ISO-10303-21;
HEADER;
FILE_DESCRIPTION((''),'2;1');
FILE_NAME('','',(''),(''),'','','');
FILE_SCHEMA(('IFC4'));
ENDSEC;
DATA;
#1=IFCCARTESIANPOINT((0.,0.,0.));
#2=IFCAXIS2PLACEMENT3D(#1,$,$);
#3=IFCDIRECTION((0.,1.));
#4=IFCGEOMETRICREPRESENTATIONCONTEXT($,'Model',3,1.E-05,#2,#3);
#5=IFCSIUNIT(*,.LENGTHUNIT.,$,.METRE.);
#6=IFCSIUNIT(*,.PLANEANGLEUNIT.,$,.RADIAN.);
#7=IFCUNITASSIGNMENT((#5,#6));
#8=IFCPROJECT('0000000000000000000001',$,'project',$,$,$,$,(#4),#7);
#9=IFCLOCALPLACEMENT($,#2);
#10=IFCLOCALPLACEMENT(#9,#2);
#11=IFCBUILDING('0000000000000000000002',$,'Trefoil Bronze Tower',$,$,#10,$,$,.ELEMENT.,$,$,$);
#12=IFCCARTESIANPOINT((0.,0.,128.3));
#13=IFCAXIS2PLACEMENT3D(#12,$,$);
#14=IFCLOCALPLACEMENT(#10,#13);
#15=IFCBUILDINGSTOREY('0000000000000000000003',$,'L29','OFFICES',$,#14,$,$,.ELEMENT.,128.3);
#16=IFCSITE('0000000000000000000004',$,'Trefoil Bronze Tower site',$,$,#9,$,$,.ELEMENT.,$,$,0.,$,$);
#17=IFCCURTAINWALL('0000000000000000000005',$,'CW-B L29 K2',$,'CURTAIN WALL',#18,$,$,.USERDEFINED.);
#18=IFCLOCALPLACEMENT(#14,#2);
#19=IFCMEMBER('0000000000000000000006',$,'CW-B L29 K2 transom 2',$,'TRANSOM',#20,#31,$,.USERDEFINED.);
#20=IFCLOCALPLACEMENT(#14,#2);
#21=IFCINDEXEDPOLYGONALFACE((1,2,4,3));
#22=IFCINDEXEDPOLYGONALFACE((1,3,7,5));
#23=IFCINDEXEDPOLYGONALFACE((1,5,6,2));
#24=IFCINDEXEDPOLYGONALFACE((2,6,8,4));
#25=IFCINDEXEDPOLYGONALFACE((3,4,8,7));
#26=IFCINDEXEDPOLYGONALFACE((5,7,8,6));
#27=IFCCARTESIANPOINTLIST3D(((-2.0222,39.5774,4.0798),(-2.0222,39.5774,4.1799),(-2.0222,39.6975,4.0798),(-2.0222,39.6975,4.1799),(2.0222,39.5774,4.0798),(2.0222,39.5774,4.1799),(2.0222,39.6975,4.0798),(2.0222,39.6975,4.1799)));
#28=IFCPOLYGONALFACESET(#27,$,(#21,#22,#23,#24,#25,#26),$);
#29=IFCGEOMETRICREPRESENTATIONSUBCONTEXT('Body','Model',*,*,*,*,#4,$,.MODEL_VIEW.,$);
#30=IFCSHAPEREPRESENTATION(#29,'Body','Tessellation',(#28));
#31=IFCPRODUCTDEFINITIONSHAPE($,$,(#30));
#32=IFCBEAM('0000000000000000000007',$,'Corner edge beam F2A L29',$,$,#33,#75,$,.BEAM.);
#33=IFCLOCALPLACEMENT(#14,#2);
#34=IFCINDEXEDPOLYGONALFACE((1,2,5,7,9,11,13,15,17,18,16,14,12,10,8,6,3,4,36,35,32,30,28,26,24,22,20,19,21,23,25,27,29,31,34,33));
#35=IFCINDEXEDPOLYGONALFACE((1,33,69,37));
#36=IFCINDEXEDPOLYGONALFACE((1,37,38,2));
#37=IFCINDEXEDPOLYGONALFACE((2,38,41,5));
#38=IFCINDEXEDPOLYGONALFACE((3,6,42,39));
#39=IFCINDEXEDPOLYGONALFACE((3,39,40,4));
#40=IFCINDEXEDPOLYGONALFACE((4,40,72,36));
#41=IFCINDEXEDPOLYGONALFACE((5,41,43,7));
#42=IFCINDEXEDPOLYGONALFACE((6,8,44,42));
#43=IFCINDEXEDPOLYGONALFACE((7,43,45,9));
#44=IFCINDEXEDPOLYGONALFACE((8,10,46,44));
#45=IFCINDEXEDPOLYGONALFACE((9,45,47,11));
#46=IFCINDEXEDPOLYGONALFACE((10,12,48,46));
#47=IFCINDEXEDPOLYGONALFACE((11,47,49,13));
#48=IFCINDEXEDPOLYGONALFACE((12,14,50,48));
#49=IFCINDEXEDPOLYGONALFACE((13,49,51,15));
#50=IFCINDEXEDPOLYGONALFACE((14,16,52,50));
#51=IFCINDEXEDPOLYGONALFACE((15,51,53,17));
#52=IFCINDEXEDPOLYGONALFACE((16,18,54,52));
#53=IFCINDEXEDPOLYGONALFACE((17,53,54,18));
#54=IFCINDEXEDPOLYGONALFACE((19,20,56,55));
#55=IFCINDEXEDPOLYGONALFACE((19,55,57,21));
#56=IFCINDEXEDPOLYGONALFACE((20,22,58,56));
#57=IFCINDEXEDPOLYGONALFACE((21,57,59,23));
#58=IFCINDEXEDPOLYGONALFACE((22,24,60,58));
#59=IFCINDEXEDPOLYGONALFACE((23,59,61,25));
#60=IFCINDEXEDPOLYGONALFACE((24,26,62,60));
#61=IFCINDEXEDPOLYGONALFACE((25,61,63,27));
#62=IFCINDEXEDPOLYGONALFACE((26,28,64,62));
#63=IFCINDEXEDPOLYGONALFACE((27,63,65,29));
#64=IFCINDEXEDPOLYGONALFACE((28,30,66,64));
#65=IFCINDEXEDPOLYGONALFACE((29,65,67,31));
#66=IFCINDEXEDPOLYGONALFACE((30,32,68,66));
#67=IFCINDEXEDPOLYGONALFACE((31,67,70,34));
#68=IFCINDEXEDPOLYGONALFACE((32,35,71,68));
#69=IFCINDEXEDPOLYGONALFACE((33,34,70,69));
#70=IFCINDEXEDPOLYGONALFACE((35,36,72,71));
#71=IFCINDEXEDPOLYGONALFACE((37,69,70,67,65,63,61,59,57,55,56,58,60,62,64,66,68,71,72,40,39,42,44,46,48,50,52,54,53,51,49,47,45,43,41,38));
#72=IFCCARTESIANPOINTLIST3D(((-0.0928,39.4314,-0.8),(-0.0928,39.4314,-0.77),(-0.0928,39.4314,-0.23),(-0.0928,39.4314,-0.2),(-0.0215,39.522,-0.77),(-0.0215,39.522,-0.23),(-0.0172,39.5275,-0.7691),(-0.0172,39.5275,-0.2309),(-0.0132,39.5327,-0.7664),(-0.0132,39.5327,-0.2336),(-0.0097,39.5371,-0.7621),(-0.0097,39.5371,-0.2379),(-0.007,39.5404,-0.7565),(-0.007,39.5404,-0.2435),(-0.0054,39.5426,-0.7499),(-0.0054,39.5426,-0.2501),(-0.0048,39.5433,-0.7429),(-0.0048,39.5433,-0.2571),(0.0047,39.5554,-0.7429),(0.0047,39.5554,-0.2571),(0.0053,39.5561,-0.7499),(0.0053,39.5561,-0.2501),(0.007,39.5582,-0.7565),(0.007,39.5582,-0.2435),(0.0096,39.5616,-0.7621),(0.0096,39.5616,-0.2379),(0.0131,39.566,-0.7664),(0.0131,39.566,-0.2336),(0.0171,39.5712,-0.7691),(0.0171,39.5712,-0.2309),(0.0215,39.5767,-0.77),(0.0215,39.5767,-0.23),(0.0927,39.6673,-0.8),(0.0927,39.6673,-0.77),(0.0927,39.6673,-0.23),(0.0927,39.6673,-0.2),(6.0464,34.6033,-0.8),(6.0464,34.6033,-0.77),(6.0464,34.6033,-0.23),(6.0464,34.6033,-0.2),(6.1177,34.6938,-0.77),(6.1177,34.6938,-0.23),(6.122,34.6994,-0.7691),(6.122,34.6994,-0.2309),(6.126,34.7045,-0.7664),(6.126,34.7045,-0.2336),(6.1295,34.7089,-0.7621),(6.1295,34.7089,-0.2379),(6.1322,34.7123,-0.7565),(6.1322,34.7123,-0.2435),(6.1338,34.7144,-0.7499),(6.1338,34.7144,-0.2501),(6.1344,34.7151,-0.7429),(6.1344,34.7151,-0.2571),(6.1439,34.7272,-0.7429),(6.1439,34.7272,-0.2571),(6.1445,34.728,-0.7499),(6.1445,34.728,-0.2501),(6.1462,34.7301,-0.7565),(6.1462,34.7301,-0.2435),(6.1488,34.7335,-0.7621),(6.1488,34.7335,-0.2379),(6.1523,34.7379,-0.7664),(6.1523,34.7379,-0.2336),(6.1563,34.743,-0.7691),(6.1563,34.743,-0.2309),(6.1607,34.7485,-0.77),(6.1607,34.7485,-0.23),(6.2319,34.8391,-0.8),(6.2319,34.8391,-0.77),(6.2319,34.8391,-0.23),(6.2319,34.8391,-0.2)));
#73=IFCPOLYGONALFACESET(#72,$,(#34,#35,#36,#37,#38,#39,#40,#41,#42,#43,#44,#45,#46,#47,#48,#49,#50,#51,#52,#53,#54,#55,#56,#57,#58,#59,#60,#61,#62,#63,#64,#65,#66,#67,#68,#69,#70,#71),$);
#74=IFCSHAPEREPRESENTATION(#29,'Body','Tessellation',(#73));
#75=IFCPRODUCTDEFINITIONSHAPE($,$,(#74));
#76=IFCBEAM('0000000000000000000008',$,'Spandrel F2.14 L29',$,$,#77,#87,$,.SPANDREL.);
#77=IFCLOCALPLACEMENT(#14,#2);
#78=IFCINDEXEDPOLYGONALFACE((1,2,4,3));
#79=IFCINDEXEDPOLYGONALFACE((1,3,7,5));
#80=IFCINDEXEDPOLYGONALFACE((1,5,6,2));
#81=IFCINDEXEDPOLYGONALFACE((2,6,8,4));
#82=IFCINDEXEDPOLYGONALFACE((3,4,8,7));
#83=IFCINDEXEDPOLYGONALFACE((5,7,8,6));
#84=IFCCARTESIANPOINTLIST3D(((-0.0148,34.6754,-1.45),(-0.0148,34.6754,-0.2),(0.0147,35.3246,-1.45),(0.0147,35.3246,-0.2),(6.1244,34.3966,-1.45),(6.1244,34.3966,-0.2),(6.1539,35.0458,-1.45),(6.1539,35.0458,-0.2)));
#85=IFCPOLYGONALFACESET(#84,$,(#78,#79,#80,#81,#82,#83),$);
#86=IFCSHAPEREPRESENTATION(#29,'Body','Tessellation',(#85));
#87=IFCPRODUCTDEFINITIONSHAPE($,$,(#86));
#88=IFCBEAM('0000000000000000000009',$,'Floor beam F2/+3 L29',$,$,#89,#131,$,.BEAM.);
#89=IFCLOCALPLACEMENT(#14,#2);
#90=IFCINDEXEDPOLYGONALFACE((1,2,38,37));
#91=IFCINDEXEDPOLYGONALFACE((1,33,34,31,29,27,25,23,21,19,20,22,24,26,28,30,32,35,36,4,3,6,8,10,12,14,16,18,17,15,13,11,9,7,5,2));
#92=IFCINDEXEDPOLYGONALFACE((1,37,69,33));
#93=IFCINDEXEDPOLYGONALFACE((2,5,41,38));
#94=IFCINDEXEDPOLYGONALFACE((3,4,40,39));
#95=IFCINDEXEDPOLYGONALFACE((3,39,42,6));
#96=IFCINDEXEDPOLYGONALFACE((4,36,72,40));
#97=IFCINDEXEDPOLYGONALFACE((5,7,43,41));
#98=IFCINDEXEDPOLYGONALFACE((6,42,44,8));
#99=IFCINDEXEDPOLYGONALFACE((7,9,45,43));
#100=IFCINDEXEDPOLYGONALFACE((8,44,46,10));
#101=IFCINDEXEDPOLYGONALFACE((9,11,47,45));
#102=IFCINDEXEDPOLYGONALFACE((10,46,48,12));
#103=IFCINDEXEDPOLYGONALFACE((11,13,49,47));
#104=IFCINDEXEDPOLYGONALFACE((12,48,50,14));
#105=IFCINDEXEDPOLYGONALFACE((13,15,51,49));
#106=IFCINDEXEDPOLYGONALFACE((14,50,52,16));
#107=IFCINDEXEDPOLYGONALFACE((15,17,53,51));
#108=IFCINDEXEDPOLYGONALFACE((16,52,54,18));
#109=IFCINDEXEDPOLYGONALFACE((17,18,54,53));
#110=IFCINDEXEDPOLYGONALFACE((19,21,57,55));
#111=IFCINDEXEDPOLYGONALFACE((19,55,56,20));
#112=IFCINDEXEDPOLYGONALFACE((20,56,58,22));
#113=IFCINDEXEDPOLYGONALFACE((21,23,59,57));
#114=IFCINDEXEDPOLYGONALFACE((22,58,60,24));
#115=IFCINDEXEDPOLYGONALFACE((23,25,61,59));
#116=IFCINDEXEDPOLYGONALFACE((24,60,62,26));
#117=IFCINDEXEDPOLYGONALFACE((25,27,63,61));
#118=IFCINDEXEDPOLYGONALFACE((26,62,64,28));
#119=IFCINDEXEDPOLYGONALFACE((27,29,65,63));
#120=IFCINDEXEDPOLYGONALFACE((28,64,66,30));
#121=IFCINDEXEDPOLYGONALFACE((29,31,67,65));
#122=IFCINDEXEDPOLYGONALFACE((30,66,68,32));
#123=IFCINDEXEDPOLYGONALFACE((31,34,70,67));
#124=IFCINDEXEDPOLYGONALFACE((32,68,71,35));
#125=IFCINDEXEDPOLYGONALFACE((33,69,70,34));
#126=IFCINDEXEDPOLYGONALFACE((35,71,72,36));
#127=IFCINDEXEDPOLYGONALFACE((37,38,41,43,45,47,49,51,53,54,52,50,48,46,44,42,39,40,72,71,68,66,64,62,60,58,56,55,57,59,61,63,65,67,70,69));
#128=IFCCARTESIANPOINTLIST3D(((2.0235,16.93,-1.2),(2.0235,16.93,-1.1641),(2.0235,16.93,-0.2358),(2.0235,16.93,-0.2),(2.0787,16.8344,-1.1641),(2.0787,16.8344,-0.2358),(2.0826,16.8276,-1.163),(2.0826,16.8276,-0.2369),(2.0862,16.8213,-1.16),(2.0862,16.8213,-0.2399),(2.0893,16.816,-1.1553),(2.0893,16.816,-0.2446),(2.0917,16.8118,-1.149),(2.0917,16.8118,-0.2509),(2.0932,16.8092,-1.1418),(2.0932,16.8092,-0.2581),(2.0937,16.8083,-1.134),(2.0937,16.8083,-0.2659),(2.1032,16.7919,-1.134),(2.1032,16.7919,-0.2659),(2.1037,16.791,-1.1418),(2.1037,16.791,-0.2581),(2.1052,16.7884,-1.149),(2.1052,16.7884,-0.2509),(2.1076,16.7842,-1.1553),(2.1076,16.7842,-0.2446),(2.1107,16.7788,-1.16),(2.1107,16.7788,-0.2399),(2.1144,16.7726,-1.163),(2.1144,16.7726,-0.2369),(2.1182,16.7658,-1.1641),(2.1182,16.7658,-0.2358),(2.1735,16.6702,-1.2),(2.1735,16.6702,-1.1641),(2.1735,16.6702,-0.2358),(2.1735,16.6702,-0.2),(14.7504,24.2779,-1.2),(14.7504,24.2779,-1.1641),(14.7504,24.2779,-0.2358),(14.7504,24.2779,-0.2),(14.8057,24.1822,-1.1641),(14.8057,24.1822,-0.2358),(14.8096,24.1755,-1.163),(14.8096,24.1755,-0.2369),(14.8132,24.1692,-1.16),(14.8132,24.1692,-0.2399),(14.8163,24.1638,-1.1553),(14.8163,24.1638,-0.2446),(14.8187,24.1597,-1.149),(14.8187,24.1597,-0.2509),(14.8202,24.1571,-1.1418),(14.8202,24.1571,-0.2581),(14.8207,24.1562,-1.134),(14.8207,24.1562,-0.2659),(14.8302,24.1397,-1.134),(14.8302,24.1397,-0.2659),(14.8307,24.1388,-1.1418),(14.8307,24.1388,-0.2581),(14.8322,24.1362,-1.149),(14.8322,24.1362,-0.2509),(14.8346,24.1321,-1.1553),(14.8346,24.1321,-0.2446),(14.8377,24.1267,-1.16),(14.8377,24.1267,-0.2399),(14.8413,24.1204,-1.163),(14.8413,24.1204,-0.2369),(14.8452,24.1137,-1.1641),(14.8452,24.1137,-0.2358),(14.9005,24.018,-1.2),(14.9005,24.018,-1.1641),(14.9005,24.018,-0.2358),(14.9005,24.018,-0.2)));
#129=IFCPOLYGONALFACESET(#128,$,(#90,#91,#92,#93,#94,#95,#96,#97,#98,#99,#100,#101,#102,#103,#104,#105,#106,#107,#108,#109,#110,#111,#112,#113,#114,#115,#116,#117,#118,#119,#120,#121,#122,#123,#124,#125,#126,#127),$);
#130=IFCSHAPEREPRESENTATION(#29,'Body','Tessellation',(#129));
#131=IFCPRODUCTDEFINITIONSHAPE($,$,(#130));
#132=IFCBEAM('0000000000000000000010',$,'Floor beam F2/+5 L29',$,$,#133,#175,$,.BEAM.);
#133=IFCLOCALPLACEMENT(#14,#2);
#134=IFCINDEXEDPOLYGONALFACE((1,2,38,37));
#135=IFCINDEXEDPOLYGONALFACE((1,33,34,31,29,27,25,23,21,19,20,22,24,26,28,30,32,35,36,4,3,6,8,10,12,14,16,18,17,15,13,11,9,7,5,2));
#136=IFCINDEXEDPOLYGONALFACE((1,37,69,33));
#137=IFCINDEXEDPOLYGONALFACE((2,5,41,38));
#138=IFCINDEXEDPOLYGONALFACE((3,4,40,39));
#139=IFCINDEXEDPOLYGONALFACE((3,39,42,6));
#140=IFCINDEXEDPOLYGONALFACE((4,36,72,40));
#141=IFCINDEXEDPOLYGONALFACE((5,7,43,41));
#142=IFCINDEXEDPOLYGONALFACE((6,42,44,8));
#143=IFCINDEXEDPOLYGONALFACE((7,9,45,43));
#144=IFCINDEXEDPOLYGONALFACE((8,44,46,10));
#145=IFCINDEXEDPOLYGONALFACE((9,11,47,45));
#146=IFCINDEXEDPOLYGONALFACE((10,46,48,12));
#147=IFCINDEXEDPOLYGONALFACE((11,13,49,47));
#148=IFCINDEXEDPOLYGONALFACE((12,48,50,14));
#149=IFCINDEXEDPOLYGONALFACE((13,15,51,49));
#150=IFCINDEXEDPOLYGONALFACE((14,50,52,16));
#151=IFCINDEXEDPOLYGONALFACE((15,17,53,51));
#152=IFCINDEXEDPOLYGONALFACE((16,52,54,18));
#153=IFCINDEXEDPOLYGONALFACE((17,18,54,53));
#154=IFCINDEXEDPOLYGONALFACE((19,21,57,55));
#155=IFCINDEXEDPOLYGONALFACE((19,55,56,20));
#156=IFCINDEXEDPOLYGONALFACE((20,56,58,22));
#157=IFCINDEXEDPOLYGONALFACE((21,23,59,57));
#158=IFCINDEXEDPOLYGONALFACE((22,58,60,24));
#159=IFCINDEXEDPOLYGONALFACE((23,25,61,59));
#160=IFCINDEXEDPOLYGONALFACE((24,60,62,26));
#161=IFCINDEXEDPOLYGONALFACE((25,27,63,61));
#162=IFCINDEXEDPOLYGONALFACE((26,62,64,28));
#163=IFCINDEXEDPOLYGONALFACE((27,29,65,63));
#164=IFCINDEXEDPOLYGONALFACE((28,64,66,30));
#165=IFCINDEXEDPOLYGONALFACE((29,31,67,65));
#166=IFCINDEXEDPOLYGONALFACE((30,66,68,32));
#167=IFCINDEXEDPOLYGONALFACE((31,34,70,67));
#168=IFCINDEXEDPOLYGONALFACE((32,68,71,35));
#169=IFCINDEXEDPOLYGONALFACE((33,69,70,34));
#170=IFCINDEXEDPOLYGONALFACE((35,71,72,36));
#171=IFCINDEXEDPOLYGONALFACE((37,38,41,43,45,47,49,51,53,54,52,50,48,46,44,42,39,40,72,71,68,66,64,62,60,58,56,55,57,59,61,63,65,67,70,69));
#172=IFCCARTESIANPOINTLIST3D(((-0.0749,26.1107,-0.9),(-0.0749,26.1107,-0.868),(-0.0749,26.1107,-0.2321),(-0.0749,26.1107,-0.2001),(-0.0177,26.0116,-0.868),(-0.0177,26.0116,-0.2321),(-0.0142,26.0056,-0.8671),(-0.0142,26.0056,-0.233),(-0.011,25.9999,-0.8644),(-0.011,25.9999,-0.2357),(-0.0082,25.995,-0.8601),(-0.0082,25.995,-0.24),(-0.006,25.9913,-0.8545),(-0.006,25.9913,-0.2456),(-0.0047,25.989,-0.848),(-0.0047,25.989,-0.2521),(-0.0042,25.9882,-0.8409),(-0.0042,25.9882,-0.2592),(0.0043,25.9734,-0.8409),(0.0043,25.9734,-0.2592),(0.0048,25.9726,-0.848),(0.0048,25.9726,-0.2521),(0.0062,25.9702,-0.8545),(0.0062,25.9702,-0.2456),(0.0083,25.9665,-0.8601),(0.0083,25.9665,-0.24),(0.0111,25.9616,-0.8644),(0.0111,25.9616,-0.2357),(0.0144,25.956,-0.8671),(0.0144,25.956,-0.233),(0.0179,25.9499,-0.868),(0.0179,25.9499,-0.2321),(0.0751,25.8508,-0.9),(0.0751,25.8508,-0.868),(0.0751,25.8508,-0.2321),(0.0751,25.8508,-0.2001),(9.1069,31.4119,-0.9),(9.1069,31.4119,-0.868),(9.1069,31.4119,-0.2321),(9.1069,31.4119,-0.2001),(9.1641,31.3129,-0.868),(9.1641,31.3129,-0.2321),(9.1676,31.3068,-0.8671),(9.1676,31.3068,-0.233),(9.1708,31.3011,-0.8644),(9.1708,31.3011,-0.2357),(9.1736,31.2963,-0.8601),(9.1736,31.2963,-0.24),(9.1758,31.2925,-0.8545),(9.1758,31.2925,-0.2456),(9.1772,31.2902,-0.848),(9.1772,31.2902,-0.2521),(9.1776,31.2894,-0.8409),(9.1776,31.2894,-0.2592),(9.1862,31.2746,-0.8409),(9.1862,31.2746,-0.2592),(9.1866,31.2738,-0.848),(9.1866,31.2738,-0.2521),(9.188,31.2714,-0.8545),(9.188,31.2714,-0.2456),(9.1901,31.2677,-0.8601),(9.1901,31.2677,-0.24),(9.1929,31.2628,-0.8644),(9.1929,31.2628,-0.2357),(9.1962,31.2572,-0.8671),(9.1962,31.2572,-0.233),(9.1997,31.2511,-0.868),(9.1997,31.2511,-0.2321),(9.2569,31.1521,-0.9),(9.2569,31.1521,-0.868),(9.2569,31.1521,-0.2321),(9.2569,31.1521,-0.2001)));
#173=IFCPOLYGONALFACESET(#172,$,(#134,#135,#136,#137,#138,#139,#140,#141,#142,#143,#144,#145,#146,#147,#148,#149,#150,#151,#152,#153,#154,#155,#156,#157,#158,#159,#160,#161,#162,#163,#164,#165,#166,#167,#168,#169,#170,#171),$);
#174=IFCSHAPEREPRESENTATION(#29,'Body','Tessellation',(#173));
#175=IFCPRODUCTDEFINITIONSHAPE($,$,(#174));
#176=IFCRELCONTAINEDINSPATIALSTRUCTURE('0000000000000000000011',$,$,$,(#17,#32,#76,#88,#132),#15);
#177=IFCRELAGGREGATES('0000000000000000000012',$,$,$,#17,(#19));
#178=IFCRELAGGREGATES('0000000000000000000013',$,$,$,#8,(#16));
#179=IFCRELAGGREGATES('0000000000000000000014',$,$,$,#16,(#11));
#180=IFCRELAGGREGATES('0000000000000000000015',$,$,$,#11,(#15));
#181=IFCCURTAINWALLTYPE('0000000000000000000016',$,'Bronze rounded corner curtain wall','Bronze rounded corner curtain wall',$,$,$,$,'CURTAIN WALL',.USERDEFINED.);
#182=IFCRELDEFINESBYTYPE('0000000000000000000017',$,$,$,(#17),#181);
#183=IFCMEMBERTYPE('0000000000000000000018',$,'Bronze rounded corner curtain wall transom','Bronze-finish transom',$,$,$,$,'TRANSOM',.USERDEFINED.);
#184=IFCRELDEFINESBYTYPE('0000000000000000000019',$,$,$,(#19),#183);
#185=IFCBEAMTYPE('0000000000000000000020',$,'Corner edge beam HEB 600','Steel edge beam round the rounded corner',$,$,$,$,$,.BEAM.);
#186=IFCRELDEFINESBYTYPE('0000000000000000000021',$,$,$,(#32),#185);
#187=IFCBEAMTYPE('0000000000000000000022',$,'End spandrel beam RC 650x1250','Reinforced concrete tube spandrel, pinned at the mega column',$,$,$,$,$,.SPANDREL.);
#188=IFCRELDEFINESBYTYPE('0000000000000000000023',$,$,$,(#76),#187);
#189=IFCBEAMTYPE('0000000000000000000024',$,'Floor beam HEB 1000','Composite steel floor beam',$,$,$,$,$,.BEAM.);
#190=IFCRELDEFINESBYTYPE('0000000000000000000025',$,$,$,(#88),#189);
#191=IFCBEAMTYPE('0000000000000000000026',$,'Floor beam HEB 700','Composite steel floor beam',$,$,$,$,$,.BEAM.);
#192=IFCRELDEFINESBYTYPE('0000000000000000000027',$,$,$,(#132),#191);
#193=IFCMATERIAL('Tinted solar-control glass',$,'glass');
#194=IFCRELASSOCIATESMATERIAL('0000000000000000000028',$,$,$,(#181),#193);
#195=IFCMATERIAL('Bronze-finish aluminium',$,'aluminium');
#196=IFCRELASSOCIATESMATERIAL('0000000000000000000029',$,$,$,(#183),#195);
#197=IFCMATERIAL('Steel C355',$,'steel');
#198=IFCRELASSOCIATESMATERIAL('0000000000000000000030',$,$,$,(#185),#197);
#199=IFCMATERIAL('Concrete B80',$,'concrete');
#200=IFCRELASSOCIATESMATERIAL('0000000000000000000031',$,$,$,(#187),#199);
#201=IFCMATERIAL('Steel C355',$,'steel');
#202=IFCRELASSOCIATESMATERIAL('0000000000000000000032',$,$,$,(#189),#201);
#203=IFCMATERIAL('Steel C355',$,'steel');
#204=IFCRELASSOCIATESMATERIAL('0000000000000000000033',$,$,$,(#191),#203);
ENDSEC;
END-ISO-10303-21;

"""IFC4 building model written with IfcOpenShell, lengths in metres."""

from ifc_helpers import new_model, si_unit, direction, frame, origin, origin_2d, place, context, subcontext, project, spatial, rectangle, i_section, extrude, material, material_profile, profile_set, type_object, element, aggregate, save


model = new_model("IFC4")

# Units and contexts
model_context = context("Model", 3, precision=1e-05, world=origin(), true_north=direction((0.0, 1.0)))
body_context = subcontext(model_context, "Body", "Model", "MODEL_VIEW")
ifc_project = project(units=[si_unit("LENGTHUNIT", "METRE"), si_unit("PLANEANGLEUNIT", "RADIAN")], contexts=[model_context])

# Site, building, storey
site_placement = place(None, origin())
site = spatial("IfcSite", under=ifc_project, at=site_placement, Name="Trefoil Bronze Tower site", CompositionType="ELEMENT", RefElevation=0.0)
building_placement = place(site_placement, origin())
building = spatial("IfcBuilding", under=site, at=building_placement, Name="Trefoil Bronze Tower", CompositionType="ELEMENT")
storey_placement = place(building_placement, frame((0.0, 0.0, 128.3)))
storey = spatial("IfcBuildingStorey", under=building, at=storey_placement, Name="L29", Description="OFFICES", CompositionType="ELEMENT", Elevation=128.3)

# Curtain wall, member
ifc_material_1 = material(Name="Tinted solar-control glass", Category="glass")
curtain_wall_type_1 = type_object("IfcCurtainWallType", Name="Bronze rounded corner curtain wall", Description="Bronze rounded corner curtain wall", ElementType="CURTAIN WALL", PredefinedType="USERDEFINED", material=ifc_material_1)
curtain_wall_1_placement = place(storey_placement, origin())
curtain_wall_1 = element("IfcCurtainWall", 1, at=curtain_wall_1_placement, inside=storey, type_object=curtain_wall_type_1, Name="CW-B L29 K2", ObjectType="CURTAIN WALL", PredefinedType="USERDEFINED")
ifc_material_2 = material(Name="Bronze-finish aluminium", Category="aluminium")
ifc_material_profile_1 = material_profile(ifc_material_2, rectangle(XDim=0.1201, YDim=0.1001, at=origin_2d()), Name="CW-B transom")
ifc_profile_set_1 = profile_set([ifc_material_profile_1], Name="Bronze-finish aluminium")
member_type_1 = type_object("IfcMemberType", Name="Bronze rounded corner curtain wall transom", Description="Bronze-finish transom", ElementType="TRANSOM", PredefinedType="USERDEFINED", material=ifc_profile_set_1)
member_1_placement = place(storey_placement, frame((2.0222, 39.6375, 4.1299), z_axis=(-1.0, 0.0, 0.0), x_axis=(0.0, -1.0, 0.0)))
member_1 = element("IfcMember", 2, at=member_1_placement, type_object=member_type_1, Name="CW-B L29 K2 transom 2", ObjectType="TRANSOM", PredefinedType="USERDEFINED", context=body_context, shape_type="SweptSolid", body=[
    extrude(rectangle(XDim=0.1201, YDim=0.1001, at=origin_2d()), origin(), (0.0, 0.0, 1.0), 4.0444),
])

# Beams
ifc_material_3 = material(Name="Steel C355", Category="steel")
ifc_material_profile_2 = material_profile(ifc_material_3, i_section(OverallWidth=0.3, OverallDepth=0.6001, WebThickness=0.0154, FlangeThickness=0.03, FilletRadius=0.0271, at=origin_2d()), Name="HEB 600")
ifc_profile_set_2 = profile_set([ifc_material_profile_2], Name="Steel C355")
beam_type_1 = type_object("IfcBeamType", Name="Corner edge beam HEB 600", Description="Steel edge beam round the rounded corner", PredefinedType="BEAM", material=ifc_profile_set_2)
beam_1_placement = place(storey_placement, frame((6.1392, 34.7212, -0.5), z_axis=(-0.786038, 0.618178, 0.0), x_axis=(-0.618178, -0.786038, 0.0)))
element("IfcBeam", 3, at=beam_1_placement, inside=storey, type_object=beam_type_1, Name="Corner edge beam F2A L29", PredefinedType="BEAM", context=body_context, shape_type="SweptSolid", body=[
    extrude(i_section(OverallWidth=0.3, OverallDepth=0.6001, WebThickness=0.0154, FlangeThickness=0.03, FilletRadius=0.0271, at=origin_2d()), origin(), (0.0, 0.0, 1.0), 7.8103),
])
ifc_material_4 = material(Name="Concrete B80", Category="concrete")
ifc_material_profile_3 = material_profile(ifc_material_4, rectangle(XDim=0.6499, YDim=1.25, at=origin_2d()), Name="RC 650x1250")
ifc_profile_set_3 = profile_set([ifc_material_profile_3], Name="Concrete B80")
beam_type_2 = type_object("IfcBeamType", Name="End spandrel beam RC 650x1250", Description="Reinforced concrete tube spandrel, pinned at the mega column", PredefinedType="SPANDREL", material=ifc_profile_set_3)
beam_2_placement = place(storey_placement, frame((6.1392, 34.7212, -0.825), z_axis=(-0.99897, 0.045368, 0.0), x_axis=(-0.045368, -0.99897, 0.0)))
element("IfcBeam", 4, at=beam_2_placement, inside=storey, type_object=beam_type_2, Name="Spandrel F2.14 L29", PredefinedType="SPANDREL", context=body_context, shape_type="SweptSolid", body=[
    extrude(rectangle(XDim=0.6499, YDim=1.25, at=origin_2d()), origin(), (0.0, 0.0, 1.0), 6.1455),
])
ifc_material_5 = material(Name="Steel C355", Category="steel")
ifc_material_profile_4 = material_profile(ifc_material_5, i_section(OverallWidth=0.3, OverallDepth=1.0, WebThickness=0.019, FlangeThickness=0.0359, FilletRadius=0.03, at=origin_2d()), Name="HEB 1000")
ifc_profile_set_4 = profile_set([ifc_material_profile_4], Name="Steel C355")
beam_type_3 = type_object("IfcBeamType", Name="Floor beam HEB 1000", Description="Composite steel floor beam", PredefinedType="BEAM", material=ifc_profile_set_4)
beam_3_placement = place(storey_placement, frame((14.8254, 24.1479, -0.7), z_axis=(-0.866027, -0.499997, 0.0), x_axis=(0.499997, -0.866027, 0.0)))
element("IfcBeam", 5, at=beam_3_placement, inside=storey, type_object=beam_type_3, Name="Floor beam F2/+3 L29", PredefinedType="BEAM", context=body_context, shape_type="SweptSolid", body=[
    extrude(i_section(OverallWidth=0.3, OverallDepth=1.0, WebThickness=0.019, FlangeThickness=0.0359, FilletRadius=0.03, at=origin_2d()), origin(), (0.0, 0.0, 1.0), 14.6958),
])
ifc_material_6 = material(Name="Steel C355", Category="steel")
ifc_material_profile_5 = material_profile(ifc_material_6, i_section(OverallWidth=0.3, OverallDepth=0.7, WebThickness=0.0171, FlangeThickness=0.032, FilletRadius=0.0271, at=origin_2d()), Name="HEB 700")
ifc_profile_set_5 = profile_set([ifc_material_profile_5], Name="Steel C355")
beam_type_4 = type_object("IfcBeamType", Name="Floor beam HEB 700", Description="Composite steel floor beam", PredefinedType="BEAM", material=ifc_profile_set_5)
beam_4_placement = place(storey_placement, frame((9.1819, 31.282, -0.55), z_axis=(-0.866021, -0.500007, 0.0), x_axis=(0.500007, -0.866021, 0.0)))
element("IfcBeam", 6, at=beam_4_placement, inside=storey, type_object=beam_type_4, Name="Floor beam F2/+5 L29", PredefinedType="BEAM", context=body_context, shape_type="SweptSolid", body=[
    extrude(i_section(OverallWidth=0.3, OverallDepth=0.7, WebThickness=0.0171, FlangeThickness=0.032, FilletRadius=0.0271, at=origin_2d()), origin(), (0.0, 0.0, 1.0), 10.6023),
])

aggregate(curtain_wall_1, [member_1])

save(model, "model.ifc")
